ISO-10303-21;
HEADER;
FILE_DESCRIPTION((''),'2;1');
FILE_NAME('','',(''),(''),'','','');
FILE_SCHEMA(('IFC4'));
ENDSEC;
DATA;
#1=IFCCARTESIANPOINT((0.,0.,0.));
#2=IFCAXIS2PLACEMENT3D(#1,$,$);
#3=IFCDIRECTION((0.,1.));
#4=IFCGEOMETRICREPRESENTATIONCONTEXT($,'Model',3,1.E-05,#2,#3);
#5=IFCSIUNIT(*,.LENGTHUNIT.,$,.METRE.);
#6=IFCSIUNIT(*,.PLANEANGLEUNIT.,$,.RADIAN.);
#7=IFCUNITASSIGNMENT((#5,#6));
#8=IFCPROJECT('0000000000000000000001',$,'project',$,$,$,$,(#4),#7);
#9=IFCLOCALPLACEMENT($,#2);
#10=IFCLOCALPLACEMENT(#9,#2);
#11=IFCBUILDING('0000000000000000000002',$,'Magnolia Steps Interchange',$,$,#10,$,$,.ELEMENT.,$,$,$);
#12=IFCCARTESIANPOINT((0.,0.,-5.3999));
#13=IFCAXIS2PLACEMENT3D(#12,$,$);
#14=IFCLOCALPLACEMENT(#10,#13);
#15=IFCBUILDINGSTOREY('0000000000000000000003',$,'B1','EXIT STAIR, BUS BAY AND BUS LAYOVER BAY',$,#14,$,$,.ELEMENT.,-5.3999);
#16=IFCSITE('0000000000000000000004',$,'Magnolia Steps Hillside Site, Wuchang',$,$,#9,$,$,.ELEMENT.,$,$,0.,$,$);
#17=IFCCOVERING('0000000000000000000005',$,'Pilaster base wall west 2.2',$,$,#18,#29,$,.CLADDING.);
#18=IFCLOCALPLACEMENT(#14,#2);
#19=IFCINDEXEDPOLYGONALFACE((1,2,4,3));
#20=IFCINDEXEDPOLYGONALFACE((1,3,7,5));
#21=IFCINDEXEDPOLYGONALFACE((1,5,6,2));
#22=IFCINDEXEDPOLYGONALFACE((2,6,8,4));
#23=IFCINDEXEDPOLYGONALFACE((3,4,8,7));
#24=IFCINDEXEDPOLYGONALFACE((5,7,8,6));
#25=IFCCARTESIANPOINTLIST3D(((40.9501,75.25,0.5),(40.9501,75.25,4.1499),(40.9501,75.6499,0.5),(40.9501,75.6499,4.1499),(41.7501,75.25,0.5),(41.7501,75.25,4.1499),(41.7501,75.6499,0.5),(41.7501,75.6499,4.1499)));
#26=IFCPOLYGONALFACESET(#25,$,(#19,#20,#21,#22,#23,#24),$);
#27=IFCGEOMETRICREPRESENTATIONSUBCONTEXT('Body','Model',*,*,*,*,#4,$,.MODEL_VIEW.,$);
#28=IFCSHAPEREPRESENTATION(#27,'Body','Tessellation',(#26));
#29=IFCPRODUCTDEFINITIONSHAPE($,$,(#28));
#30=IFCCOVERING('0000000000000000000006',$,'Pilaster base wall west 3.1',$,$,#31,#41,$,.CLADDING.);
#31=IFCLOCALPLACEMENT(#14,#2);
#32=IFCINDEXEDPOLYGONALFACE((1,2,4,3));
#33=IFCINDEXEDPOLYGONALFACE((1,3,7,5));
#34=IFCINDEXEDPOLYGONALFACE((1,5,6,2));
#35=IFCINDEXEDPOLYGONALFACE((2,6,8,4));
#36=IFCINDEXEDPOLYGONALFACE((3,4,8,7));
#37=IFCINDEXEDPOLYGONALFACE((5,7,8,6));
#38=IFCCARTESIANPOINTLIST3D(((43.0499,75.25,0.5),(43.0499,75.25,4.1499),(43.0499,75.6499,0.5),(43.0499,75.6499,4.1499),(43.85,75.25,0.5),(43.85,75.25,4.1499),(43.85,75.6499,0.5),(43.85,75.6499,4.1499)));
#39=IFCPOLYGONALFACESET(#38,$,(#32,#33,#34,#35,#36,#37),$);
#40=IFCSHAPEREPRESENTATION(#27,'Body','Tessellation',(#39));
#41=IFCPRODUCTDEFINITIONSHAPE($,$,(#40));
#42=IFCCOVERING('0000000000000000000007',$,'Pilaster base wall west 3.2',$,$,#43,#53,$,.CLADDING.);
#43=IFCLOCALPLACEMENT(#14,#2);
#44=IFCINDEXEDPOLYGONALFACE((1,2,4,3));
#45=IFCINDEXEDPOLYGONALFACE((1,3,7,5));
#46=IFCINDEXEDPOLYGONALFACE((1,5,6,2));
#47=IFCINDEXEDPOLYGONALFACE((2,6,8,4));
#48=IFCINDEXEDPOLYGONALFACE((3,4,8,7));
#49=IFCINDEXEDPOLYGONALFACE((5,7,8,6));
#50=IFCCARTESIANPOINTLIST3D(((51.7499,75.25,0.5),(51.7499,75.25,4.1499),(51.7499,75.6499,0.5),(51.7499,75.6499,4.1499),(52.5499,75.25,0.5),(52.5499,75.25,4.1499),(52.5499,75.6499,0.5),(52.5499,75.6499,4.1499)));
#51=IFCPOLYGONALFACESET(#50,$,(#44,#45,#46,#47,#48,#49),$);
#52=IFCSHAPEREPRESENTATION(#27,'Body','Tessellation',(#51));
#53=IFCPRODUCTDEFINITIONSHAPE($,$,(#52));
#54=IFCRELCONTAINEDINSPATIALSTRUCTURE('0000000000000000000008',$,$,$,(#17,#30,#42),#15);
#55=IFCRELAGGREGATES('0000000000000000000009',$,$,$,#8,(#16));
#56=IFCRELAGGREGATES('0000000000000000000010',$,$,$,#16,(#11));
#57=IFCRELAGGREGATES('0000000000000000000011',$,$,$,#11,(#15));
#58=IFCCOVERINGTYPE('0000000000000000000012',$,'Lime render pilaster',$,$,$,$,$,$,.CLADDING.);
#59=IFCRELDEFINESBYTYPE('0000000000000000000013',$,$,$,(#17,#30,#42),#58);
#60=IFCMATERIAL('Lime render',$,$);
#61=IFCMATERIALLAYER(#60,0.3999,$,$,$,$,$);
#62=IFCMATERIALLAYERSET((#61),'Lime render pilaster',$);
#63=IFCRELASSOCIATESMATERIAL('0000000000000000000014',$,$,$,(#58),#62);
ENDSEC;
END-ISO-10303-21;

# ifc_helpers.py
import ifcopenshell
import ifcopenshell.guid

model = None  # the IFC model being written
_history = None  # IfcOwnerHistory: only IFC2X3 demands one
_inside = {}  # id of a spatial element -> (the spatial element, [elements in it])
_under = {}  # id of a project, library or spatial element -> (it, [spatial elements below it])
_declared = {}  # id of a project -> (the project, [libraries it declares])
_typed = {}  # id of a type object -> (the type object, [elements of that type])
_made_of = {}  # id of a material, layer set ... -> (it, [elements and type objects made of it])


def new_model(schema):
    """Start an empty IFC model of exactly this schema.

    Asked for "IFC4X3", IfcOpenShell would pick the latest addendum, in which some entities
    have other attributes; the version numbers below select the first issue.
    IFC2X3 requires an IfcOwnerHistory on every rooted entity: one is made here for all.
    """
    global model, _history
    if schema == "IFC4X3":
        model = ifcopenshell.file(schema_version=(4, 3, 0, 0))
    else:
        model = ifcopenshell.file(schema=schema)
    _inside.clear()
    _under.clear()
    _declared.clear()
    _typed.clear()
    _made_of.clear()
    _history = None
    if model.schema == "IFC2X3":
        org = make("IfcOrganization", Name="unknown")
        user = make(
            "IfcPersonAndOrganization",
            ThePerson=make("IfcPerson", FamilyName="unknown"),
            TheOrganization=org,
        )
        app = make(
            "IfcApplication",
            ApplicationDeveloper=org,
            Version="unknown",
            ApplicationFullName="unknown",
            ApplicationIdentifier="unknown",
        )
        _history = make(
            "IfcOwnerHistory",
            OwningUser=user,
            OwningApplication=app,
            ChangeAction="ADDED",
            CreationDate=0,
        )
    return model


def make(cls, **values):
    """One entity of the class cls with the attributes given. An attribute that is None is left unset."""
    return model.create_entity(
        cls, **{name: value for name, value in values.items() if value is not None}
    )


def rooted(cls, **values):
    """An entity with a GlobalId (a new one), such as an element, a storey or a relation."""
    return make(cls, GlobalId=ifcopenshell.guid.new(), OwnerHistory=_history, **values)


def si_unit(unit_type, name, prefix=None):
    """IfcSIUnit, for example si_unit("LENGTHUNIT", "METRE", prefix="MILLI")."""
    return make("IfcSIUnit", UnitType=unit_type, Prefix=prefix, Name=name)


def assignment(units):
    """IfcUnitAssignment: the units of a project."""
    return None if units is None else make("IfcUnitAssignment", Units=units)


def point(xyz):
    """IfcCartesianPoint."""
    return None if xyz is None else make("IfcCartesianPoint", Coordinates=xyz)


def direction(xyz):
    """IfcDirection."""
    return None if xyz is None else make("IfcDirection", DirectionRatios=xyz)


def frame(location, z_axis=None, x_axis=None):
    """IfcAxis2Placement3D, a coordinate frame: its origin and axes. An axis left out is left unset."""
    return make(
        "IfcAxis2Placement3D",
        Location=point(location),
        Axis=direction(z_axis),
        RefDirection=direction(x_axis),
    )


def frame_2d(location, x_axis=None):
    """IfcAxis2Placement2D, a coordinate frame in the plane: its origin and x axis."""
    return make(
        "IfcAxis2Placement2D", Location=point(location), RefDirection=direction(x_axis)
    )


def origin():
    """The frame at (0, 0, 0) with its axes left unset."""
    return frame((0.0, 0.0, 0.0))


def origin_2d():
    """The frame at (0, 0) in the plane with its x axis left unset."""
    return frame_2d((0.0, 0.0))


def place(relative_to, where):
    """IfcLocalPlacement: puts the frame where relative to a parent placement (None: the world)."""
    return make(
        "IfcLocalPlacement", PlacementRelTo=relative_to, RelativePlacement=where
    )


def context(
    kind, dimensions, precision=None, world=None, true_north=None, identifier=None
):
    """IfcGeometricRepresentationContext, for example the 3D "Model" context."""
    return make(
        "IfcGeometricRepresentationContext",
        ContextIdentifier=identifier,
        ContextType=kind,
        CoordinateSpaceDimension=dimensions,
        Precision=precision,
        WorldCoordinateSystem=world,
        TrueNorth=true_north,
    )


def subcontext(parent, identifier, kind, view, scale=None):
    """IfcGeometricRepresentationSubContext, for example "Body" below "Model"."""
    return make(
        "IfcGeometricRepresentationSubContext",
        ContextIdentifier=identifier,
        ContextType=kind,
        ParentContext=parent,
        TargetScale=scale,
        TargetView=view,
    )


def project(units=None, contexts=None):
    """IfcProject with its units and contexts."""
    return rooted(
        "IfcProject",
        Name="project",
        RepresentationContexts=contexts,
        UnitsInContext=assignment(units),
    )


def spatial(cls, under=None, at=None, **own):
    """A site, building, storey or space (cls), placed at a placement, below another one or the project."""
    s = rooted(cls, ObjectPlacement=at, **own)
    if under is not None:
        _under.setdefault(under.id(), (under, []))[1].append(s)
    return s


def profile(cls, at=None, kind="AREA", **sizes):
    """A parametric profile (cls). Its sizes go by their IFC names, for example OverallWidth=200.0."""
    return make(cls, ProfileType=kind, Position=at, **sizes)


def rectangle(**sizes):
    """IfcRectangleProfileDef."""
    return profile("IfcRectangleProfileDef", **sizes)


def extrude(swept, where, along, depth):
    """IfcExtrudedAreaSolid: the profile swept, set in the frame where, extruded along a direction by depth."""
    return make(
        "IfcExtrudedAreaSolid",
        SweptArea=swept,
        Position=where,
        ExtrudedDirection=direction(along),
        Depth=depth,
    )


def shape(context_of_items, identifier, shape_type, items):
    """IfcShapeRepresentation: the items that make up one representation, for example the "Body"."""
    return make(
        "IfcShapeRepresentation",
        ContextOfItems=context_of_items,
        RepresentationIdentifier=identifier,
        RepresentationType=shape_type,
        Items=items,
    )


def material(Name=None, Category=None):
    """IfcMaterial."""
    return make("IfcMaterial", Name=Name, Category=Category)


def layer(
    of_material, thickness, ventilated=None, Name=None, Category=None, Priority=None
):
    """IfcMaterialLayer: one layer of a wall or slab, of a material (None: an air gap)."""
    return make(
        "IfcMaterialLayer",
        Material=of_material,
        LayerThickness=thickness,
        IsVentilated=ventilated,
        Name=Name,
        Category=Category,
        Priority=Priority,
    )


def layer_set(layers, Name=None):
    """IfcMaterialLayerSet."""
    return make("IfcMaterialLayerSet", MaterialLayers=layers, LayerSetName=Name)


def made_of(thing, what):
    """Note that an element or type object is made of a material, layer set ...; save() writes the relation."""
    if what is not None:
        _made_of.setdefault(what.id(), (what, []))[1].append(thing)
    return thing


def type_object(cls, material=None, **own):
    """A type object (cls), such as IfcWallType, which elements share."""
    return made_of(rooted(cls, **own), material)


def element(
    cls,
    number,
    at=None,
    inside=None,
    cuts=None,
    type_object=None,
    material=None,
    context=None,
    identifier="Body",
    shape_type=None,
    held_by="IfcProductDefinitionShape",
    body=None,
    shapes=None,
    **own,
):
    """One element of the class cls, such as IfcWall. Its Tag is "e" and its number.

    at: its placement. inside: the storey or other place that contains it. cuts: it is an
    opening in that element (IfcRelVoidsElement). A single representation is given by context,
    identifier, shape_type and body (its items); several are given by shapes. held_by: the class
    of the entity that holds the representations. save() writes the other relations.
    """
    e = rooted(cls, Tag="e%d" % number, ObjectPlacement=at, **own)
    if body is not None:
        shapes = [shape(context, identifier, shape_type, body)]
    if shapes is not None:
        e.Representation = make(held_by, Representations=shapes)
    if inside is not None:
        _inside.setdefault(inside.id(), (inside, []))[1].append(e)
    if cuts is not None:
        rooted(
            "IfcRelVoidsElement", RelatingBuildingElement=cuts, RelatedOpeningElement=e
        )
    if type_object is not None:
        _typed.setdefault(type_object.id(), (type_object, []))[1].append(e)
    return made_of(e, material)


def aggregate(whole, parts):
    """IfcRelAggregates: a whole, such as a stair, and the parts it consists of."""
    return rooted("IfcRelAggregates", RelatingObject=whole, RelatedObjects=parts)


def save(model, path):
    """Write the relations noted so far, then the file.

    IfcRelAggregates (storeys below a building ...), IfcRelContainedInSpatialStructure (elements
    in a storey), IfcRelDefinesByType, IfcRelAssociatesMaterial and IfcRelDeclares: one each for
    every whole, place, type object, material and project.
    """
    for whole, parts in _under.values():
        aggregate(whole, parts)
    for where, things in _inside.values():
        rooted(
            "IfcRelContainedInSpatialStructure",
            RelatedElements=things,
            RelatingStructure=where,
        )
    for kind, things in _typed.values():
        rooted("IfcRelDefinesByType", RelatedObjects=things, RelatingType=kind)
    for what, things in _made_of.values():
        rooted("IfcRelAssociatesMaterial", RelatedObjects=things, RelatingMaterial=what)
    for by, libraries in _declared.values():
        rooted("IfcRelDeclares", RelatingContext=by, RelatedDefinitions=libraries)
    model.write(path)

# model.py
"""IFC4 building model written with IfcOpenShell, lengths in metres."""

from ifc_helpers import new_model, si_unit, direction, frame, origin, origin_2d, place, context, subcontext, project, spatial, rectangle, extrude, material, layer, layer_set, type_object, element, save


model = new_model("IFC4")

# Units and contexts
model_context = context("Model", 3, precision=1e-05, world=origin(), true_north=direction((0.0, 1.0)))
body_context = subcontext(model_context, "Body", "Model", "MODEL_VIEW")
ifc_project = project(units=[si_unit("LENGTHUNIT", "METRE"), si_unit("PLANEANGLEUNIT", "RADIAN")], contexts=[model_context])

# Site, building, storey
site_placement = place(None, origin())
site = spatial("IfcSite", under=ifc_project, at=site_placement, Name="Magnolia Steps Hillside Site, Wuchang", CompositionType="ELEMENT", RefElevation=0.0)
building_placement = place(site_placement, origin())
building = spatial("IfcBuilding", under=site, at=building_placement, Name="Magnolia Steps Interchange", CompositionType="ELEMENT")
storey_placement = place(building_placement, frame((0.0, 0.0, -5.3999)))
storey = spatial("IfcBuildingStorey", under=building, at=storey_placement, Name="B1", Description="EXIT STAIR, BUS BAY AND BUS LAYOVER BAY", CompositionType="ELEMENT", Elevation=-5.3999)

# Coverings
ifc_material_1 = material(Name="Lime render")
ifc_layer_1 = layer(ifc_material_1, 0.3999)
ifc_layer_set_1 = layer_set([ifc_layer_1], Name="Lime render pilaster")
covering_type_1 = type_object("IfcCoveringType", Name="Lime render pilaster", PredefinedType="CLADDING", material=ifc_layer_set_1)
for number, where, z_axis, x_axis, name in (
    (1, (41.3501, 75.45, 0.5), (0.0, 0.0, 1.0), (1.0, 0.0, 0.0), "Pilaster base wall west 2.2"),
    (2, (43.45, 75.45, 0.5), (0.0, 0.0, 1.0), (1.0, 0.0, 0.0), "Pilaster base wall west 3.1"),
    (3, (52.1499, 75.45, 0.5), (0.0, 0.0, 1.0), (1.0, 0.0, 0.0), "Pilaster base wall west 3.2"),
):
    element("IfcCovering", number, at=place(storey_placement, frame(where, z_axis=z_axis, x_axis=x_axis)), inside=storey, type_object=covering_type_1, Name=name, PredefinedType="CLADDING", context=body_context, shape_type="SweptSolid", body=[
        extrude(rectangle(XDim=0.8, YDim=0.3999, at=origin_2d()), origin(), (0.0, 0.0, 1.0), 3.6499),
    ])

save(model, "model.ifc")
